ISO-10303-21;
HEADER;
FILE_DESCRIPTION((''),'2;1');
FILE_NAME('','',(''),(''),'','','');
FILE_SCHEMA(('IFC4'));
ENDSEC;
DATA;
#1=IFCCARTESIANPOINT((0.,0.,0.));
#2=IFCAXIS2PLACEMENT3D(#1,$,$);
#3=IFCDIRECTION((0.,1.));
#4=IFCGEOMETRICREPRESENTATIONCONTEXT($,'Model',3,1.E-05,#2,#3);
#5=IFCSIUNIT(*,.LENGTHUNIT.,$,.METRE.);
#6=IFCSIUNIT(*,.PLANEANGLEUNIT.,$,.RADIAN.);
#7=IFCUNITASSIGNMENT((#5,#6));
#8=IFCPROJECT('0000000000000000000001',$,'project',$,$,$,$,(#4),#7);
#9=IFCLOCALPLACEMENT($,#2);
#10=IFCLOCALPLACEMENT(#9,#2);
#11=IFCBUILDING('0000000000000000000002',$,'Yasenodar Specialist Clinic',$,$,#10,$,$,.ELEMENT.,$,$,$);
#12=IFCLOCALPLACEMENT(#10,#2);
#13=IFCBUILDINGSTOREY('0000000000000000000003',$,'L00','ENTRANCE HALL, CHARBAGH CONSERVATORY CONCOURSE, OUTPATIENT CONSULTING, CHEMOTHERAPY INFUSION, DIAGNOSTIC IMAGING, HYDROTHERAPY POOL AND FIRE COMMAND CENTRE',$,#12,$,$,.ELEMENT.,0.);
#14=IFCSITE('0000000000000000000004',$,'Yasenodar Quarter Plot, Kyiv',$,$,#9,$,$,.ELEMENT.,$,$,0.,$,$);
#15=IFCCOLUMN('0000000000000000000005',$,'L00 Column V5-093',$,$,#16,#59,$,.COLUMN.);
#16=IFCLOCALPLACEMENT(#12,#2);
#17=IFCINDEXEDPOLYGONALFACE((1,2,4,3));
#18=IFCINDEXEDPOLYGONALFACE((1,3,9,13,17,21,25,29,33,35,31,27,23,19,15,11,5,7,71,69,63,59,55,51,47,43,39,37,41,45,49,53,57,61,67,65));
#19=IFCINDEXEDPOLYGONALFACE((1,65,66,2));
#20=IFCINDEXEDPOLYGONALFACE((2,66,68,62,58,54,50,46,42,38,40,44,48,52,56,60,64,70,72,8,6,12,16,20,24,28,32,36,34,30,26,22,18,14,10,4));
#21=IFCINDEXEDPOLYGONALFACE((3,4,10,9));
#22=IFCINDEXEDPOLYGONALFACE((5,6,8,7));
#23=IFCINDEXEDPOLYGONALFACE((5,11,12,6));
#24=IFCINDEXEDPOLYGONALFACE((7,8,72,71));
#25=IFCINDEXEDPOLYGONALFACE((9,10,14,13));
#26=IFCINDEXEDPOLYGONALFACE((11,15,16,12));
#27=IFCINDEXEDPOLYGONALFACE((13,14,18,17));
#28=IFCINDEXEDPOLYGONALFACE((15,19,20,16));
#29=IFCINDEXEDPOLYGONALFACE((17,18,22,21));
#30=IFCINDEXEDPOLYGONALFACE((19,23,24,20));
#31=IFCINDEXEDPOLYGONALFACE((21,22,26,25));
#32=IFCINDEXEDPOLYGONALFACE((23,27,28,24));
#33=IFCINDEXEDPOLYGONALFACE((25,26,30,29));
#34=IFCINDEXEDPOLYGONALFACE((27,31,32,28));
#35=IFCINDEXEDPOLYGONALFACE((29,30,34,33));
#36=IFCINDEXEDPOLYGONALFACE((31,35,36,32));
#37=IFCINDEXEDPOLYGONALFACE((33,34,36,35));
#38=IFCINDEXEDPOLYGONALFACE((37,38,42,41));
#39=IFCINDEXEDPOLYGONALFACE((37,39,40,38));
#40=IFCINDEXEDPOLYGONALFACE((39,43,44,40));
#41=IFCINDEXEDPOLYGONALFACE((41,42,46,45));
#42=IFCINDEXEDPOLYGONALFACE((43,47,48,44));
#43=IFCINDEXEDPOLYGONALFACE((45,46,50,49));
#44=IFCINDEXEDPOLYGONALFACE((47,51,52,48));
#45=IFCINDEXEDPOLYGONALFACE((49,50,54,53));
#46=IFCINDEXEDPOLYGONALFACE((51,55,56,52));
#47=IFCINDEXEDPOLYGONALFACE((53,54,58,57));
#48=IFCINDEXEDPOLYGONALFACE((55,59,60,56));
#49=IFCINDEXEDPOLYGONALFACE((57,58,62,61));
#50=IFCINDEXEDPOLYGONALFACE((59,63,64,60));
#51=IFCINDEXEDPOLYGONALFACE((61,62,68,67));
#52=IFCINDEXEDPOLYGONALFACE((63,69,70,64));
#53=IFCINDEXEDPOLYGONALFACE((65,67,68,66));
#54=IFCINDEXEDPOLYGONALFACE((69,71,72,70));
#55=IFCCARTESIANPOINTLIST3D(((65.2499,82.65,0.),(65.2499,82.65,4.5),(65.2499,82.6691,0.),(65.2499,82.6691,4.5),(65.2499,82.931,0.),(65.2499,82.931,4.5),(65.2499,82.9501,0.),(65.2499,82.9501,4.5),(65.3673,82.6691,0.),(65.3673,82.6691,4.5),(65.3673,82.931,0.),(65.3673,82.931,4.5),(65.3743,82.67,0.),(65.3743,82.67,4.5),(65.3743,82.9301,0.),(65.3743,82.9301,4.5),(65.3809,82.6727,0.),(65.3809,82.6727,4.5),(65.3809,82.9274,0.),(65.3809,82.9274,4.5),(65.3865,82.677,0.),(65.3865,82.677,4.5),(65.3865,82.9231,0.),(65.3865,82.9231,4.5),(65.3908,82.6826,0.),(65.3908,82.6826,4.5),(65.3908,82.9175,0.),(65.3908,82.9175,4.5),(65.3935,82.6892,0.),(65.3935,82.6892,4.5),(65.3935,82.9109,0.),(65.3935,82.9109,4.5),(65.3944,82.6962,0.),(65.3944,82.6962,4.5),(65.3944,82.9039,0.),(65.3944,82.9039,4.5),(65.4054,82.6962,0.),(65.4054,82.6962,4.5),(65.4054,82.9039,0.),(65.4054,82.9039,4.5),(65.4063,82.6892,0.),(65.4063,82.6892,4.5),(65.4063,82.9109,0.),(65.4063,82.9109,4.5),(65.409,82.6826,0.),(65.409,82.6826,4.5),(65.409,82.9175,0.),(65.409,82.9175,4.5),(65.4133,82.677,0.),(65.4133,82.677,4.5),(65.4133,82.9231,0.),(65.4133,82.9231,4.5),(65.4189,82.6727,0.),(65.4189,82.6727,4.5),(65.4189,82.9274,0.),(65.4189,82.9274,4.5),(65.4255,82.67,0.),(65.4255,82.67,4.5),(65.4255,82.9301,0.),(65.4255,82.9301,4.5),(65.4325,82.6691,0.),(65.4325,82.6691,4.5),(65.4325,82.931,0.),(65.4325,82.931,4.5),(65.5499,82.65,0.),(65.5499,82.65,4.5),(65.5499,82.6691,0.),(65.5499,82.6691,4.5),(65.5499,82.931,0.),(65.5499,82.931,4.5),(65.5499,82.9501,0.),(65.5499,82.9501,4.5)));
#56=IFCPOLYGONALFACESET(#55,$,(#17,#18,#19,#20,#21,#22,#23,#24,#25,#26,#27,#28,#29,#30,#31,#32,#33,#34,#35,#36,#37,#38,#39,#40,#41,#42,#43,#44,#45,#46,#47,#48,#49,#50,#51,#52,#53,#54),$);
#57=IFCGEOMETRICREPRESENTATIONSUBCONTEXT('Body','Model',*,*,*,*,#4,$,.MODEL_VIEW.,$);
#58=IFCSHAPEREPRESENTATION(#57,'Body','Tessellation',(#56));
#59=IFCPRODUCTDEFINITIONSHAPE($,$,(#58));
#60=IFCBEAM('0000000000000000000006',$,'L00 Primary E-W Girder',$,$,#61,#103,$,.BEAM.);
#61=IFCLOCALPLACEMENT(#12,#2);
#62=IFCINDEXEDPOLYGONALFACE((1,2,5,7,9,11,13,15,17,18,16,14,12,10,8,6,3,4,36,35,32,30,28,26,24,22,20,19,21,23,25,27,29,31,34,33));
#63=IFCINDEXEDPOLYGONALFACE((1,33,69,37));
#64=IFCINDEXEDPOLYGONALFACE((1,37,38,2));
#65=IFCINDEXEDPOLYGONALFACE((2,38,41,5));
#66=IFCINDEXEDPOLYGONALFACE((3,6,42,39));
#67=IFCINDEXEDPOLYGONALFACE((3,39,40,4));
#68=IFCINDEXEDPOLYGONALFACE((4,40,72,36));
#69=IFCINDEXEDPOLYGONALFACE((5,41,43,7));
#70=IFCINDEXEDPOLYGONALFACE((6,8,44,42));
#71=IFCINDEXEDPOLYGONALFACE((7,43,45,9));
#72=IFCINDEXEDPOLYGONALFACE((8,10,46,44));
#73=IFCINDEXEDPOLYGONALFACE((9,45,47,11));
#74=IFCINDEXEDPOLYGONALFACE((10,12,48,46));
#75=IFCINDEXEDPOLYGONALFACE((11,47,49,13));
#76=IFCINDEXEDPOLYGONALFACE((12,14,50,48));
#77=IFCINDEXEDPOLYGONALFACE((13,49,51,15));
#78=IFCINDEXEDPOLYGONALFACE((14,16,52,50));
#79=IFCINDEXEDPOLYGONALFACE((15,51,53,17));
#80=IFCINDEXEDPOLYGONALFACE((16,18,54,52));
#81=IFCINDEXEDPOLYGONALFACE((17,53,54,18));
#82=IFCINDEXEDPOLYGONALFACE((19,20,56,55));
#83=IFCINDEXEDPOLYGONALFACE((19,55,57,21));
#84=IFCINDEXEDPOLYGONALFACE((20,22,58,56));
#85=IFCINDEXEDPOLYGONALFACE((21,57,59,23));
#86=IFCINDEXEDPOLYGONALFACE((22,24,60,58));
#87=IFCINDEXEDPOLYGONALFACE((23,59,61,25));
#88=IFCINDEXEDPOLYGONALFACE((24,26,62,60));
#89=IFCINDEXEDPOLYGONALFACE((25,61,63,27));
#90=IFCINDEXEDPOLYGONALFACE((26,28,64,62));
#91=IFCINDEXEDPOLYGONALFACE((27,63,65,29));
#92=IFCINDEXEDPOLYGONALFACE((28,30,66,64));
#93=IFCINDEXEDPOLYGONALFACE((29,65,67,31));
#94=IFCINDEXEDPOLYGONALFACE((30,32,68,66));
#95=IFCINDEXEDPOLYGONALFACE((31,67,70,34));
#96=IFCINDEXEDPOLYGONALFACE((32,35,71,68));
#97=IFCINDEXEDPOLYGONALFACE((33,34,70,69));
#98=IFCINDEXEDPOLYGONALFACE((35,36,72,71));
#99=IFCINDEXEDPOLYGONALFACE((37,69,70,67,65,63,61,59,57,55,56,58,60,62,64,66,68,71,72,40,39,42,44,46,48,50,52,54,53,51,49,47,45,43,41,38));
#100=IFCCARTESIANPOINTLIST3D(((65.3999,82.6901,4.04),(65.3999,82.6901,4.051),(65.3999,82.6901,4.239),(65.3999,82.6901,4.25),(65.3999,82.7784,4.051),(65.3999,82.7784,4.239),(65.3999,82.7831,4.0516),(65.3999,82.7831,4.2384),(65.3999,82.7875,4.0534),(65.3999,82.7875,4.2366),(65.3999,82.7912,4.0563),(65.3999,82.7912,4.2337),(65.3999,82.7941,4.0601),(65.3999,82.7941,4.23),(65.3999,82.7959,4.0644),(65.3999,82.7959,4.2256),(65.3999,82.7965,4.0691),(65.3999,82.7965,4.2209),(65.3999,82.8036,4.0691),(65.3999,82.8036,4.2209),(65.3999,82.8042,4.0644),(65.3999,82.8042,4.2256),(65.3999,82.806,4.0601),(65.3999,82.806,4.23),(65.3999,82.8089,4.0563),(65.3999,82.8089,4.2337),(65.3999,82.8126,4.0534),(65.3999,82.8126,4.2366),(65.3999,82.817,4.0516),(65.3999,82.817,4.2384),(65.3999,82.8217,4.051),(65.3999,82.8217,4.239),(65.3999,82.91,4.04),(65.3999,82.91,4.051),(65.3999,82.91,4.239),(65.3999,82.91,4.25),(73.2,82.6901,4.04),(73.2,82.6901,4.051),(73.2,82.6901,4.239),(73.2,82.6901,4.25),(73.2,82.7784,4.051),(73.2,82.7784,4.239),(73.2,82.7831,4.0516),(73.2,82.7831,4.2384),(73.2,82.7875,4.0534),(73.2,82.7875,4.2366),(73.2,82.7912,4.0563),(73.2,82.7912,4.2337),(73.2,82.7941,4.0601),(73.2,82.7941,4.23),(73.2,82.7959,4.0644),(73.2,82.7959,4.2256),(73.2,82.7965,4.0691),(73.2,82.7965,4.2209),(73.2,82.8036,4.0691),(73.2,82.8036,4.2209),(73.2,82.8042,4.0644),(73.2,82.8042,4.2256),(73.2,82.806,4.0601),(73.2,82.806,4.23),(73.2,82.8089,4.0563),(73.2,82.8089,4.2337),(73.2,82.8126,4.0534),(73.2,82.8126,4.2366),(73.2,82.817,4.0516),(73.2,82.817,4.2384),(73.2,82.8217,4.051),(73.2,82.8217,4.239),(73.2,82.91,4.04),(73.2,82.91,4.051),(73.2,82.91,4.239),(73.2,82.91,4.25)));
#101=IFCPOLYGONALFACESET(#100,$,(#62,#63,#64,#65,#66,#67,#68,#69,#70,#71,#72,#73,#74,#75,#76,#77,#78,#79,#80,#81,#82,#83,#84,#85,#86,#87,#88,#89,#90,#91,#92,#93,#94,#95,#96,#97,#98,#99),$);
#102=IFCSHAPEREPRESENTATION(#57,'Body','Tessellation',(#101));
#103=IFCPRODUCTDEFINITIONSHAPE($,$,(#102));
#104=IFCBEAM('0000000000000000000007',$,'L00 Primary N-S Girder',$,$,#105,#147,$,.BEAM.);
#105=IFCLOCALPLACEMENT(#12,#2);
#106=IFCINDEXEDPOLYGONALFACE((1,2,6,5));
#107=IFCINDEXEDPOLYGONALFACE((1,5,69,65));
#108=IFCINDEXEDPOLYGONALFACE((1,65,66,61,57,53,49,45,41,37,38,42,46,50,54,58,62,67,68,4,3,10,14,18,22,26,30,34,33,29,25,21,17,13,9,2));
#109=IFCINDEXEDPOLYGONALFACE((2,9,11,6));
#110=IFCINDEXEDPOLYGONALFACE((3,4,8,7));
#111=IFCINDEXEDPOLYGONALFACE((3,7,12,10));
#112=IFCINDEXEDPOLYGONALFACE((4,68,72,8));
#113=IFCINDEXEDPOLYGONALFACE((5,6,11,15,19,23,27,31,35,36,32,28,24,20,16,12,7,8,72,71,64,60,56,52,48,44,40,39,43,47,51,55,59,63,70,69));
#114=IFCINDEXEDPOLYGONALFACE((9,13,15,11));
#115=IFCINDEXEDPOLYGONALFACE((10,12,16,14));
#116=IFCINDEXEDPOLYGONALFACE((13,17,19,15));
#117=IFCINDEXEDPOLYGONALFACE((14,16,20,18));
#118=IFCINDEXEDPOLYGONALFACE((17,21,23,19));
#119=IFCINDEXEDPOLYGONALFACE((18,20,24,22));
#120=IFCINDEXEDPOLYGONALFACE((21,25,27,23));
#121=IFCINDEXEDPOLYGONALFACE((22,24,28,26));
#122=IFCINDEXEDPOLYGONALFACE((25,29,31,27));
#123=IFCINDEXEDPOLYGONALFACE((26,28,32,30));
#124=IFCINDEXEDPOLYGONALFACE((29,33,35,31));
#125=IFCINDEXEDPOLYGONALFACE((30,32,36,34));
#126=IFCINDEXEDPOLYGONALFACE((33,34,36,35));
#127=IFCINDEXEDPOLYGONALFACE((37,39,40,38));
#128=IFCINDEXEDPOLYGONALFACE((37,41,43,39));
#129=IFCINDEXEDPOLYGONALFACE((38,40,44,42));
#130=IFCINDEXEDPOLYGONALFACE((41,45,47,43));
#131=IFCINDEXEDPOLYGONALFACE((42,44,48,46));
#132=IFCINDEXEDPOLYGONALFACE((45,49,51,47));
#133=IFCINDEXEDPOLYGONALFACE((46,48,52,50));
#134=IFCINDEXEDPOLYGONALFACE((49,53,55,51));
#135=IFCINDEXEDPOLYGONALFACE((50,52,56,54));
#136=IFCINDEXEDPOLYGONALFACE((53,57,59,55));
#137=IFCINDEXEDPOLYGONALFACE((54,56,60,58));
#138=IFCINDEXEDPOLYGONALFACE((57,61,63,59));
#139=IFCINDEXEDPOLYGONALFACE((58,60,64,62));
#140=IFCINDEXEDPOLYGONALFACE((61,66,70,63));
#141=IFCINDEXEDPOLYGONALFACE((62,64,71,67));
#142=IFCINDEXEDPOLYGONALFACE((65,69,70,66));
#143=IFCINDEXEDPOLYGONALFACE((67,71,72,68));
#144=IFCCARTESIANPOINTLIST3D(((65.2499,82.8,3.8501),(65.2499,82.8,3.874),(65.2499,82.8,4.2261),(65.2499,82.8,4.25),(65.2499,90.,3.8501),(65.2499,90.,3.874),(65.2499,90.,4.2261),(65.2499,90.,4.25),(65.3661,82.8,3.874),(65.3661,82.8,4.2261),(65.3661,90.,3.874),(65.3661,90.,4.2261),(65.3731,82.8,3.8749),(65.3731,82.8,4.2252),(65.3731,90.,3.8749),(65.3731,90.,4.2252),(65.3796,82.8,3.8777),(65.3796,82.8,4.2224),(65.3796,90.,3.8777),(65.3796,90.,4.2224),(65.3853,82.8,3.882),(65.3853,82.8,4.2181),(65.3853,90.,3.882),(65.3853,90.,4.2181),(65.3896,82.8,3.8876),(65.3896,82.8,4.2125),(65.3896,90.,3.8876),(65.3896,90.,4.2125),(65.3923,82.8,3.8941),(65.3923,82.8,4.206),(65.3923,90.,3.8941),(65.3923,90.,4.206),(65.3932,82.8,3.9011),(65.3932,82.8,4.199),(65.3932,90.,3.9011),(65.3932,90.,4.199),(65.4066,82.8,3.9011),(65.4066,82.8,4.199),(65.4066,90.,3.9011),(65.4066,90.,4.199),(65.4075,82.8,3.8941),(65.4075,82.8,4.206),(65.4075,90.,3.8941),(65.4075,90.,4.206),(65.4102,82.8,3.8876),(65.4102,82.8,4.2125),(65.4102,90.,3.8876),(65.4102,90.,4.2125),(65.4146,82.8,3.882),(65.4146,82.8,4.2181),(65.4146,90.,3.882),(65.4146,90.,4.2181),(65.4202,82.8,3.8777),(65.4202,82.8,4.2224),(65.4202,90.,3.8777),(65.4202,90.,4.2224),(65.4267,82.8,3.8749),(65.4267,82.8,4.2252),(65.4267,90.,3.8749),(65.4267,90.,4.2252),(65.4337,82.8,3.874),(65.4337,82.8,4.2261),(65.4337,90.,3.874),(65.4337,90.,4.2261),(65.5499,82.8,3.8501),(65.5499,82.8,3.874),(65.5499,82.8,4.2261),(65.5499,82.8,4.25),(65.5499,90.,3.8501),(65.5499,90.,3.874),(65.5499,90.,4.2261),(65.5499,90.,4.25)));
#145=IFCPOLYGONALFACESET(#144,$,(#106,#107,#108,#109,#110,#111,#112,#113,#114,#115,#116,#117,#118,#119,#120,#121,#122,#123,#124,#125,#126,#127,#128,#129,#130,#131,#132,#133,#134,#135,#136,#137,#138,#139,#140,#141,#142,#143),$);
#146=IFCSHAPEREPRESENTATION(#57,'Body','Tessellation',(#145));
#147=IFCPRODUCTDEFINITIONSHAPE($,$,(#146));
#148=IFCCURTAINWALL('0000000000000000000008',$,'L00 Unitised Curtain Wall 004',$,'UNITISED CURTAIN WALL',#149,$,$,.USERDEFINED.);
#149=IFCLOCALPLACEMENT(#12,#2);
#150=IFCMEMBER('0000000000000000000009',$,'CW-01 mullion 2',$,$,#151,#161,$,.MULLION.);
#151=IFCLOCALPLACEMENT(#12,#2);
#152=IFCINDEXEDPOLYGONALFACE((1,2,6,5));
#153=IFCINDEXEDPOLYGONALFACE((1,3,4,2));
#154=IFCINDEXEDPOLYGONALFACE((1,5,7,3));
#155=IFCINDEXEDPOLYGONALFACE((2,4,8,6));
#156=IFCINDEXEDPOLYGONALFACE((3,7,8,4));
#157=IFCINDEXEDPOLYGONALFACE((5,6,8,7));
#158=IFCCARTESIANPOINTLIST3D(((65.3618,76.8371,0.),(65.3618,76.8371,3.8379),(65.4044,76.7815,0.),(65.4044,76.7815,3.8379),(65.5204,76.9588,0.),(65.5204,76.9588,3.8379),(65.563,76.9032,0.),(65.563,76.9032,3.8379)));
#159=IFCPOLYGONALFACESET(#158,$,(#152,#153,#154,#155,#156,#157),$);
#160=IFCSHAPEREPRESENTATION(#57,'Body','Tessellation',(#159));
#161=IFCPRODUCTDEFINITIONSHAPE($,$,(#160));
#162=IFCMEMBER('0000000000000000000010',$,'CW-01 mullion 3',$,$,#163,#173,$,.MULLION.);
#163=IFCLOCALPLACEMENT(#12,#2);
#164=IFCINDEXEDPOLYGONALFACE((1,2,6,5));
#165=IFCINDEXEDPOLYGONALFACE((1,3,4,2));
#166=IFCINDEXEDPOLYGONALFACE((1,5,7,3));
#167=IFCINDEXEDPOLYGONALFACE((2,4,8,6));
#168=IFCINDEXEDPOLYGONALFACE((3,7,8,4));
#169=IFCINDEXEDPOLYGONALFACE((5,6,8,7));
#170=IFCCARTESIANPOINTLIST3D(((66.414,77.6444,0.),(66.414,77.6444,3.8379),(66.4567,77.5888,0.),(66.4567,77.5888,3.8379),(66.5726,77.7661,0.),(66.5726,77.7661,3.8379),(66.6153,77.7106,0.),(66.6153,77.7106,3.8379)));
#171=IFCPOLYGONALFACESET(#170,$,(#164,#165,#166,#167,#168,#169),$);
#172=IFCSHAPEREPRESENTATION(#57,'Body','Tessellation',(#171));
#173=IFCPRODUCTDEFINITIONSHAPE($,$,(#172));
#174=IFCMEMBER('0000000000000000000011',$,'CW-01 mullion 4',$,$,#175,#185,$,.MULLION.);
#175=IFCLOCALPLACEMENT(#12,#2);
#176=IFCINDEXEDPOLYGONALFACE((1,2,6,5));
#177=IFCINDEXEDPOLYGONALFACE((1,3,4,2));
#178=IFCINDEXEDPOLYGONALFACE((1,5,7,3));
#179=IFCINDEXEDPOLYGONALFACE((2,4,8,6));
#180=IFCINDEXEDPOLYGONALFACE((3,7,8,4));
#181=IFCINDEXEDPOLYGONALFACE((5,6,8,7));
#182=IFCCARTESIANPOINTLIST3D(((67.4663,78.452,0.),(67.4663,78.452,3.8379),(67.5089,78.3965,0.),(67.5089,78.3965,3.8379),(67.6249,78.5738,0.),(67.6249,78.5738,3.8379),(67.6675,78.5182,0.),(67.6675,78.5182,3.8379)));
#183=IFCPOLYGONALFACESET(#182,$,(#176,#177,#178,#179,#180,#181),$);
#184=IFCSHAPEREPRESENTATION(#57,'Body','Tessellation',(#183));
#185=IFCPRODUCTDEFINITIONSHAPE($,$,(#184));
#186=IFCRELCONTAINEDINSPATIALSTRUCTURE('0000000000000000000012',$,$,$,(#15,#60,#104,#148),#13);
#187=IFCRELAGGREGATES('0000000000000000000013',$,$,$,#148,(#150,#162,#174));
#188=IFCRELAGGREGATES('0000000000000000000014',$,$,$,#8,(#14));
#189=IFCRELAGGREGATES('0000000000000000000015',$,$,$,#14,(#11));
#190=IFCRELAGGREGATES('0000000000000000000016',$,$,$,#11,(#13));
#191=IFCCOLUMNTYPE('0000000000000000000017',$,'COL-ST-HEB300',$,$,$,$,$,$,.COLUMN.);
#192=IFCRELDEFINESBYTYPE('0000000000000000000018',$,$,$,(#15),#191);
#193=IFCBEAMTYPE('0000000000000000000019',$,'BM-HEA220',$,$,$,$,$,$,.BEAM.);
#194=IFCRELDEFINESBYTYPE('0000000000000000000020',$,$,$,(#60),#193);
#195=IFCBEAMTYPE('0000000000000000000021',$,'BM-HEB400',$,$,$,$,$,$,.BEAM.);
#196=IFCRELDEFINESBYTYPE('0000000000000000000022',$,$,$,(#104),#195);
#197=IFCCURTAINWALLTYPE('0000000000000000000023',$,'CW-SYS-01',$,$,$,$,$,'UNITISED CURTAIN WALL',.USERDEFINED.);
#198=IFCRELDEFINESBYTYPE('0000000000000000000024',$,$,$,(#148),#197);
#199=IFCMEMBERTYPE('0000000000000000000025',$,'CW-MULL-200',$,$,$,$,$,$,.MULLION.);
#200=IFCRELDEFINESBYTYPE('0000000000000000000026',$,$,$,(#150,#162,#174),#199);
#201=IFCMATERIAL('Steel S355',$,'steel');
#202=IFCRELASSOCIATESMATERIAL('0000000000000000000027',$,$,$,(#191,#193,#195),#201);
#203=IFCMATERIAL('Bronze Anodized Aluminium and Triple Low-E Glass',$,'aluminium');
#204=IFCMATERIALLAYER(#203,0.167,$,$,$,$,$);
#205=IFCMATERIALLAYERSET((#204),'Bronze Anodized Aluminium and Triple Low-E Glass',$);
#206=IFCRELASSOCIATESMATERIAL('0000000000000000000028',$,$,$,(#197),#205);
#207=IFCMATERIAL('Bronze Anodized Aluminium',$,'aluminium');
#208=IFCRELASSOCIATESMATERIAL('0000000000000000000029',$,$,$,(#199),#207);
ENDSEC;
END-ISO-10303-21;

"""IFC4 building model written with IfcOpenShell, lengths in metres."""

from ifc_helpers import new_model, si_unit, direction, frame, origin, origin_2d, place, context, subcontext, project, spatial, rectangle, i_section, extrude, material, layer, layer_set, material_profile, profile_set, type_object, element, aggregate, save


model = new_model("IFC4")

# Units and contexts
model_context = context("Model", 3, precision=1e-05, world=origin(), true_north=direction((0.0, 1.0)))
body_context = subcontext(model_context, "Body", "Model", "MODEL_VIEW")
ifc_project = project(units=[si_unit("LENGTHUNIT", "METRE"), si_unit("PLANEANGLEUNIT", "RADIAN")], contexts=[model_context])

# Site, building, storey
site_placement = place(None, origin())
site = spatial("IfcSite", under=ifc_project, at=site_placement, Name="Yasenodar Quarter Plot, Kyiv", CompositionType="ELEMENT", RefElevation=0.0)
building_placement = place(site_placement, origin())
building = spatial("IfcBuilding", under=site, at=building_placement, Name="Yasenodar Specialist Clinic", CompositionType="ELEMENT")
storey_placement = place(building_placement, origin())
storey = spatial("IfcBuildingStorey", under=building, at=storey_placement, Name="L00", Description="ENTRANCE HALL, CHARBAGH CONSERVATORY CONCOURSE, OUTPATIENT CONSULTING, CHEMOTHERAPY INFUSION, DIAGNOSTIC IMAGING, HYDROTHERAPY POOL AND FIRE COMMAND CENTRE", CompositionType="ELEMENT", Elevation=0.0)

# Column
ifc_material_1 = material(Name="Steel S355", Category="steel")
ifc_material_profile_1 = material_profile(ifc_material_1, i_section(OverallWidth=0.3, OverallDepth=0.3, WebThickness=0.011, FlangeThickness=0.019, FilletRadius=0.0271, at=origin_2d()), Name="HEB 300")
ifc_profile_set_1 = profile_set([ifc_material_profile_1], Name="Steel S355")
column_type = type_object("IfcColumnType", Name="COL-ST-HEB300", PredefinedType="COLUMN", material=ifc_profile_set_1)
column_placement = place(storey_placement, frame((65.3999, 82.8, 0.0), z_axis=(0.0, 0.0, 1.0), x_axis=(1.0, 0.0, 0.0)))
element("IfcColumn", 1, at=column_placement, inside=storey, type_object=column_type, Name="L00 Column V5-093", PredefinedType="COLUMN", context=body_context, shape_type="SweptSolid", body=[
    extrude(i_section(OverallWidth=0.3, OverallDepth=0.3, WebThickness=0.011, FlangeThickness=0.019, FilletRadius=0.0271, at=origin_2d()), origin(), (0.0, 0.0, 1.0), 4.5),
])

# Beams
ifc_material_profile_2 = material_profile(ifc_material_1, i_section(OverallWidth=0.22, OverallDepth=0.21, WebThickness=0.0071, FlangeThickness=0.011, FilletRadius=0.0181, at=origin_2d()), Name="HEA 220")
ifc_profile_set_2 = profile_set([ifc_material_profile_2], Name="Steel S355")
beam_type_1 = type_object("IfcBeamType", Name="BM-HEA220", PredefinedType="BEAM", material=ifc_profile_set_2)
beam_1_placement = place(storey_placement, frame((65.3999, 82.8, 4.145), z_axis=(1.0, 0.0, 0.0), x_axis=(0.0, 1.0, 0.0)))
element("IfcBeam", 2, at=beam_1_placement, inside=storey, type_object=beam_type_1, Name="L00 Primary E-W Girder", PredefinedType="BEAM", context=body_context, shape_type="SweptSolid", body=[
    extrude(i_section(OverallWidth=0.22, OverallDepth=0.21, WebThickness=0.0071, FlangeThickness=0.011, FilletRadius=0.0181, at=origin_2d()), origin(), (0.0, 0.0, 1.0), 7.8),
])
ifc_material_profile_3 = material_profile(ifc_material_1, i_section(OverallWidth=0.3, OverallDepth=0.3999, WebThickness=0.0134, FlangeThickness=0.0239, FilletRadius=0.0271, at=origin_2d()), Name="HEB 400")
ifc_profile_set_3 = profile_set([ifc_material_profile_3], Name="Steel S355")
beam_type_2 = type_object("IfcBeamType", Name="BM-HEB400", PredefinedType="BEAM", material=ifc_profile_set_3)
beam_2_placement = place(storey_placement, frame((65.3999, 82.8, 4.05), z_axis=(0.0, 1.0, 0.0), x_axis=(-1.0, 0.0, 0.0)))
element("IfcBeam", 3, at=beam_2_placement, inside=storey, type_object=beam_type_2, Name="L00 Primary N-S Girder", PredefinedType="BEAM", context=body_context, shape_type="SweptSolid", body=[
    extrude(i_section(OverallWidth=0.3, OverallDepth=0.3999, WebThickness=0.0134, FlangeThickness=0.0239, FilletRadius=0.0271, at=origin_2d()), origin(), (0.0, 0.0, 1.0), 7.2),
])

# Curtain wall, members
ifc_material_2 = material(Name="Bronze Anodized Aluminium and Triple Low-E Glass", Category="aluminium")
ifc_layer_1 = layer(ifc_material_2, 0.167)
ifc_layer_set_1 = layer_set([ifc_layer_1], Name="Bronze Anodized Aluminium and Triple Low-E Glass")
curtain_wall_type = type_object("IfcCurtainWallType", Name="CW-SYS-01", ElementType="UNITISED CURTAIN WALL", PredefinedType="USERDEFINED", material=ifc_layer_set_1)
curtain_wall_placement = place(storey_placement, origin())
curtain_wall = element("IfcCurtainWall", 4, at=curtain_wall_placement, inside=storey, type_object=curtain_wall_type, Name="L00 Unitised Curtain Wall 004", ObjectType="UNITISED CURTAIN WALL", PredefinedType="USERDEFINED")
ifc_material_3 = material(Name="Bronze Anodized Aluminium", Category="aluminium")
ifc_material_profile_4 = material_profile(ifc_material_3, rectangle(XDim=0.0701, YDim=0.2, at=origin_2d()), Name="CW-MULL 70x200")
ifc_profile_set_4 = profile_set([ifc_material_profile_4], Name="Bronze Anodized Aluminium")
member_type_1 = type_object("IfcMemberType", Name="CW-MULL-200", PredefinedType="MULLION", material=ifc_profile_set_4)
member_1_placement = place(storey_placement, frame((65.4624, 76.8701, 0.0), z_axis=(0.0, 0.0, 1.0), x_axis=(-0.608752, 0.793361, 0.0)))
member_1 = element("IfcMember", 5, at=member_1_placement, type_object=member_type_1, Name="CW-01 mullion 2", PredefinedType="MULLION", context=body_context, shape_type="SweptSolid", body=[
    extrude(rectangle(XDim=0.0701, YDim=0.2, at=origin_2d()), origin(), (0.0, 0.0, 1.0), 3.8379),
])
member_2_placement = place(storey_placement, frame((66.5146, 77.6775, 0.0), z_axis=(0.0, 0.0, 1.0), x_axis=(-0.608752, 0.793361, 0.0)))
member_2 = element("IfcMember", 6, at=member_2_placement, type_object=member_type_1, Name="CW-01 mullion 3", PredefinedType="MULLION", context=body_context, shape_type="SweptSolid", body=[
    extrude(rectangle(XDim=0.0701, YDim=0.2, at=origin_2d()), origin(), (0.0, 0.0, 1.0), 3.8379),
])
member_3_placement = place(storey_placement, frame((67.5669, 78.4851, 0.0), z_axis=(0.0, 0.0, 1.0), x_axis=(-0.608752, 0.793361, 0.0)))
member_3 = element("IfcMember", 7, at=member_3_placement, type_object=member_type_1, Name="CW-01 mullion 4", PredefinedType="MULLION", context=body_context, shape_type="SweptSolid", body=[
    extrude(rectangle(XDim=0.0701, YDim=0.2, at=origin_2d()), origin(), (0.0, 0.0, 1.0), 3.8379),
])
aggregate(curtain_wall, [member_1, member_2, member_3])

save(model, "model.ifc")
